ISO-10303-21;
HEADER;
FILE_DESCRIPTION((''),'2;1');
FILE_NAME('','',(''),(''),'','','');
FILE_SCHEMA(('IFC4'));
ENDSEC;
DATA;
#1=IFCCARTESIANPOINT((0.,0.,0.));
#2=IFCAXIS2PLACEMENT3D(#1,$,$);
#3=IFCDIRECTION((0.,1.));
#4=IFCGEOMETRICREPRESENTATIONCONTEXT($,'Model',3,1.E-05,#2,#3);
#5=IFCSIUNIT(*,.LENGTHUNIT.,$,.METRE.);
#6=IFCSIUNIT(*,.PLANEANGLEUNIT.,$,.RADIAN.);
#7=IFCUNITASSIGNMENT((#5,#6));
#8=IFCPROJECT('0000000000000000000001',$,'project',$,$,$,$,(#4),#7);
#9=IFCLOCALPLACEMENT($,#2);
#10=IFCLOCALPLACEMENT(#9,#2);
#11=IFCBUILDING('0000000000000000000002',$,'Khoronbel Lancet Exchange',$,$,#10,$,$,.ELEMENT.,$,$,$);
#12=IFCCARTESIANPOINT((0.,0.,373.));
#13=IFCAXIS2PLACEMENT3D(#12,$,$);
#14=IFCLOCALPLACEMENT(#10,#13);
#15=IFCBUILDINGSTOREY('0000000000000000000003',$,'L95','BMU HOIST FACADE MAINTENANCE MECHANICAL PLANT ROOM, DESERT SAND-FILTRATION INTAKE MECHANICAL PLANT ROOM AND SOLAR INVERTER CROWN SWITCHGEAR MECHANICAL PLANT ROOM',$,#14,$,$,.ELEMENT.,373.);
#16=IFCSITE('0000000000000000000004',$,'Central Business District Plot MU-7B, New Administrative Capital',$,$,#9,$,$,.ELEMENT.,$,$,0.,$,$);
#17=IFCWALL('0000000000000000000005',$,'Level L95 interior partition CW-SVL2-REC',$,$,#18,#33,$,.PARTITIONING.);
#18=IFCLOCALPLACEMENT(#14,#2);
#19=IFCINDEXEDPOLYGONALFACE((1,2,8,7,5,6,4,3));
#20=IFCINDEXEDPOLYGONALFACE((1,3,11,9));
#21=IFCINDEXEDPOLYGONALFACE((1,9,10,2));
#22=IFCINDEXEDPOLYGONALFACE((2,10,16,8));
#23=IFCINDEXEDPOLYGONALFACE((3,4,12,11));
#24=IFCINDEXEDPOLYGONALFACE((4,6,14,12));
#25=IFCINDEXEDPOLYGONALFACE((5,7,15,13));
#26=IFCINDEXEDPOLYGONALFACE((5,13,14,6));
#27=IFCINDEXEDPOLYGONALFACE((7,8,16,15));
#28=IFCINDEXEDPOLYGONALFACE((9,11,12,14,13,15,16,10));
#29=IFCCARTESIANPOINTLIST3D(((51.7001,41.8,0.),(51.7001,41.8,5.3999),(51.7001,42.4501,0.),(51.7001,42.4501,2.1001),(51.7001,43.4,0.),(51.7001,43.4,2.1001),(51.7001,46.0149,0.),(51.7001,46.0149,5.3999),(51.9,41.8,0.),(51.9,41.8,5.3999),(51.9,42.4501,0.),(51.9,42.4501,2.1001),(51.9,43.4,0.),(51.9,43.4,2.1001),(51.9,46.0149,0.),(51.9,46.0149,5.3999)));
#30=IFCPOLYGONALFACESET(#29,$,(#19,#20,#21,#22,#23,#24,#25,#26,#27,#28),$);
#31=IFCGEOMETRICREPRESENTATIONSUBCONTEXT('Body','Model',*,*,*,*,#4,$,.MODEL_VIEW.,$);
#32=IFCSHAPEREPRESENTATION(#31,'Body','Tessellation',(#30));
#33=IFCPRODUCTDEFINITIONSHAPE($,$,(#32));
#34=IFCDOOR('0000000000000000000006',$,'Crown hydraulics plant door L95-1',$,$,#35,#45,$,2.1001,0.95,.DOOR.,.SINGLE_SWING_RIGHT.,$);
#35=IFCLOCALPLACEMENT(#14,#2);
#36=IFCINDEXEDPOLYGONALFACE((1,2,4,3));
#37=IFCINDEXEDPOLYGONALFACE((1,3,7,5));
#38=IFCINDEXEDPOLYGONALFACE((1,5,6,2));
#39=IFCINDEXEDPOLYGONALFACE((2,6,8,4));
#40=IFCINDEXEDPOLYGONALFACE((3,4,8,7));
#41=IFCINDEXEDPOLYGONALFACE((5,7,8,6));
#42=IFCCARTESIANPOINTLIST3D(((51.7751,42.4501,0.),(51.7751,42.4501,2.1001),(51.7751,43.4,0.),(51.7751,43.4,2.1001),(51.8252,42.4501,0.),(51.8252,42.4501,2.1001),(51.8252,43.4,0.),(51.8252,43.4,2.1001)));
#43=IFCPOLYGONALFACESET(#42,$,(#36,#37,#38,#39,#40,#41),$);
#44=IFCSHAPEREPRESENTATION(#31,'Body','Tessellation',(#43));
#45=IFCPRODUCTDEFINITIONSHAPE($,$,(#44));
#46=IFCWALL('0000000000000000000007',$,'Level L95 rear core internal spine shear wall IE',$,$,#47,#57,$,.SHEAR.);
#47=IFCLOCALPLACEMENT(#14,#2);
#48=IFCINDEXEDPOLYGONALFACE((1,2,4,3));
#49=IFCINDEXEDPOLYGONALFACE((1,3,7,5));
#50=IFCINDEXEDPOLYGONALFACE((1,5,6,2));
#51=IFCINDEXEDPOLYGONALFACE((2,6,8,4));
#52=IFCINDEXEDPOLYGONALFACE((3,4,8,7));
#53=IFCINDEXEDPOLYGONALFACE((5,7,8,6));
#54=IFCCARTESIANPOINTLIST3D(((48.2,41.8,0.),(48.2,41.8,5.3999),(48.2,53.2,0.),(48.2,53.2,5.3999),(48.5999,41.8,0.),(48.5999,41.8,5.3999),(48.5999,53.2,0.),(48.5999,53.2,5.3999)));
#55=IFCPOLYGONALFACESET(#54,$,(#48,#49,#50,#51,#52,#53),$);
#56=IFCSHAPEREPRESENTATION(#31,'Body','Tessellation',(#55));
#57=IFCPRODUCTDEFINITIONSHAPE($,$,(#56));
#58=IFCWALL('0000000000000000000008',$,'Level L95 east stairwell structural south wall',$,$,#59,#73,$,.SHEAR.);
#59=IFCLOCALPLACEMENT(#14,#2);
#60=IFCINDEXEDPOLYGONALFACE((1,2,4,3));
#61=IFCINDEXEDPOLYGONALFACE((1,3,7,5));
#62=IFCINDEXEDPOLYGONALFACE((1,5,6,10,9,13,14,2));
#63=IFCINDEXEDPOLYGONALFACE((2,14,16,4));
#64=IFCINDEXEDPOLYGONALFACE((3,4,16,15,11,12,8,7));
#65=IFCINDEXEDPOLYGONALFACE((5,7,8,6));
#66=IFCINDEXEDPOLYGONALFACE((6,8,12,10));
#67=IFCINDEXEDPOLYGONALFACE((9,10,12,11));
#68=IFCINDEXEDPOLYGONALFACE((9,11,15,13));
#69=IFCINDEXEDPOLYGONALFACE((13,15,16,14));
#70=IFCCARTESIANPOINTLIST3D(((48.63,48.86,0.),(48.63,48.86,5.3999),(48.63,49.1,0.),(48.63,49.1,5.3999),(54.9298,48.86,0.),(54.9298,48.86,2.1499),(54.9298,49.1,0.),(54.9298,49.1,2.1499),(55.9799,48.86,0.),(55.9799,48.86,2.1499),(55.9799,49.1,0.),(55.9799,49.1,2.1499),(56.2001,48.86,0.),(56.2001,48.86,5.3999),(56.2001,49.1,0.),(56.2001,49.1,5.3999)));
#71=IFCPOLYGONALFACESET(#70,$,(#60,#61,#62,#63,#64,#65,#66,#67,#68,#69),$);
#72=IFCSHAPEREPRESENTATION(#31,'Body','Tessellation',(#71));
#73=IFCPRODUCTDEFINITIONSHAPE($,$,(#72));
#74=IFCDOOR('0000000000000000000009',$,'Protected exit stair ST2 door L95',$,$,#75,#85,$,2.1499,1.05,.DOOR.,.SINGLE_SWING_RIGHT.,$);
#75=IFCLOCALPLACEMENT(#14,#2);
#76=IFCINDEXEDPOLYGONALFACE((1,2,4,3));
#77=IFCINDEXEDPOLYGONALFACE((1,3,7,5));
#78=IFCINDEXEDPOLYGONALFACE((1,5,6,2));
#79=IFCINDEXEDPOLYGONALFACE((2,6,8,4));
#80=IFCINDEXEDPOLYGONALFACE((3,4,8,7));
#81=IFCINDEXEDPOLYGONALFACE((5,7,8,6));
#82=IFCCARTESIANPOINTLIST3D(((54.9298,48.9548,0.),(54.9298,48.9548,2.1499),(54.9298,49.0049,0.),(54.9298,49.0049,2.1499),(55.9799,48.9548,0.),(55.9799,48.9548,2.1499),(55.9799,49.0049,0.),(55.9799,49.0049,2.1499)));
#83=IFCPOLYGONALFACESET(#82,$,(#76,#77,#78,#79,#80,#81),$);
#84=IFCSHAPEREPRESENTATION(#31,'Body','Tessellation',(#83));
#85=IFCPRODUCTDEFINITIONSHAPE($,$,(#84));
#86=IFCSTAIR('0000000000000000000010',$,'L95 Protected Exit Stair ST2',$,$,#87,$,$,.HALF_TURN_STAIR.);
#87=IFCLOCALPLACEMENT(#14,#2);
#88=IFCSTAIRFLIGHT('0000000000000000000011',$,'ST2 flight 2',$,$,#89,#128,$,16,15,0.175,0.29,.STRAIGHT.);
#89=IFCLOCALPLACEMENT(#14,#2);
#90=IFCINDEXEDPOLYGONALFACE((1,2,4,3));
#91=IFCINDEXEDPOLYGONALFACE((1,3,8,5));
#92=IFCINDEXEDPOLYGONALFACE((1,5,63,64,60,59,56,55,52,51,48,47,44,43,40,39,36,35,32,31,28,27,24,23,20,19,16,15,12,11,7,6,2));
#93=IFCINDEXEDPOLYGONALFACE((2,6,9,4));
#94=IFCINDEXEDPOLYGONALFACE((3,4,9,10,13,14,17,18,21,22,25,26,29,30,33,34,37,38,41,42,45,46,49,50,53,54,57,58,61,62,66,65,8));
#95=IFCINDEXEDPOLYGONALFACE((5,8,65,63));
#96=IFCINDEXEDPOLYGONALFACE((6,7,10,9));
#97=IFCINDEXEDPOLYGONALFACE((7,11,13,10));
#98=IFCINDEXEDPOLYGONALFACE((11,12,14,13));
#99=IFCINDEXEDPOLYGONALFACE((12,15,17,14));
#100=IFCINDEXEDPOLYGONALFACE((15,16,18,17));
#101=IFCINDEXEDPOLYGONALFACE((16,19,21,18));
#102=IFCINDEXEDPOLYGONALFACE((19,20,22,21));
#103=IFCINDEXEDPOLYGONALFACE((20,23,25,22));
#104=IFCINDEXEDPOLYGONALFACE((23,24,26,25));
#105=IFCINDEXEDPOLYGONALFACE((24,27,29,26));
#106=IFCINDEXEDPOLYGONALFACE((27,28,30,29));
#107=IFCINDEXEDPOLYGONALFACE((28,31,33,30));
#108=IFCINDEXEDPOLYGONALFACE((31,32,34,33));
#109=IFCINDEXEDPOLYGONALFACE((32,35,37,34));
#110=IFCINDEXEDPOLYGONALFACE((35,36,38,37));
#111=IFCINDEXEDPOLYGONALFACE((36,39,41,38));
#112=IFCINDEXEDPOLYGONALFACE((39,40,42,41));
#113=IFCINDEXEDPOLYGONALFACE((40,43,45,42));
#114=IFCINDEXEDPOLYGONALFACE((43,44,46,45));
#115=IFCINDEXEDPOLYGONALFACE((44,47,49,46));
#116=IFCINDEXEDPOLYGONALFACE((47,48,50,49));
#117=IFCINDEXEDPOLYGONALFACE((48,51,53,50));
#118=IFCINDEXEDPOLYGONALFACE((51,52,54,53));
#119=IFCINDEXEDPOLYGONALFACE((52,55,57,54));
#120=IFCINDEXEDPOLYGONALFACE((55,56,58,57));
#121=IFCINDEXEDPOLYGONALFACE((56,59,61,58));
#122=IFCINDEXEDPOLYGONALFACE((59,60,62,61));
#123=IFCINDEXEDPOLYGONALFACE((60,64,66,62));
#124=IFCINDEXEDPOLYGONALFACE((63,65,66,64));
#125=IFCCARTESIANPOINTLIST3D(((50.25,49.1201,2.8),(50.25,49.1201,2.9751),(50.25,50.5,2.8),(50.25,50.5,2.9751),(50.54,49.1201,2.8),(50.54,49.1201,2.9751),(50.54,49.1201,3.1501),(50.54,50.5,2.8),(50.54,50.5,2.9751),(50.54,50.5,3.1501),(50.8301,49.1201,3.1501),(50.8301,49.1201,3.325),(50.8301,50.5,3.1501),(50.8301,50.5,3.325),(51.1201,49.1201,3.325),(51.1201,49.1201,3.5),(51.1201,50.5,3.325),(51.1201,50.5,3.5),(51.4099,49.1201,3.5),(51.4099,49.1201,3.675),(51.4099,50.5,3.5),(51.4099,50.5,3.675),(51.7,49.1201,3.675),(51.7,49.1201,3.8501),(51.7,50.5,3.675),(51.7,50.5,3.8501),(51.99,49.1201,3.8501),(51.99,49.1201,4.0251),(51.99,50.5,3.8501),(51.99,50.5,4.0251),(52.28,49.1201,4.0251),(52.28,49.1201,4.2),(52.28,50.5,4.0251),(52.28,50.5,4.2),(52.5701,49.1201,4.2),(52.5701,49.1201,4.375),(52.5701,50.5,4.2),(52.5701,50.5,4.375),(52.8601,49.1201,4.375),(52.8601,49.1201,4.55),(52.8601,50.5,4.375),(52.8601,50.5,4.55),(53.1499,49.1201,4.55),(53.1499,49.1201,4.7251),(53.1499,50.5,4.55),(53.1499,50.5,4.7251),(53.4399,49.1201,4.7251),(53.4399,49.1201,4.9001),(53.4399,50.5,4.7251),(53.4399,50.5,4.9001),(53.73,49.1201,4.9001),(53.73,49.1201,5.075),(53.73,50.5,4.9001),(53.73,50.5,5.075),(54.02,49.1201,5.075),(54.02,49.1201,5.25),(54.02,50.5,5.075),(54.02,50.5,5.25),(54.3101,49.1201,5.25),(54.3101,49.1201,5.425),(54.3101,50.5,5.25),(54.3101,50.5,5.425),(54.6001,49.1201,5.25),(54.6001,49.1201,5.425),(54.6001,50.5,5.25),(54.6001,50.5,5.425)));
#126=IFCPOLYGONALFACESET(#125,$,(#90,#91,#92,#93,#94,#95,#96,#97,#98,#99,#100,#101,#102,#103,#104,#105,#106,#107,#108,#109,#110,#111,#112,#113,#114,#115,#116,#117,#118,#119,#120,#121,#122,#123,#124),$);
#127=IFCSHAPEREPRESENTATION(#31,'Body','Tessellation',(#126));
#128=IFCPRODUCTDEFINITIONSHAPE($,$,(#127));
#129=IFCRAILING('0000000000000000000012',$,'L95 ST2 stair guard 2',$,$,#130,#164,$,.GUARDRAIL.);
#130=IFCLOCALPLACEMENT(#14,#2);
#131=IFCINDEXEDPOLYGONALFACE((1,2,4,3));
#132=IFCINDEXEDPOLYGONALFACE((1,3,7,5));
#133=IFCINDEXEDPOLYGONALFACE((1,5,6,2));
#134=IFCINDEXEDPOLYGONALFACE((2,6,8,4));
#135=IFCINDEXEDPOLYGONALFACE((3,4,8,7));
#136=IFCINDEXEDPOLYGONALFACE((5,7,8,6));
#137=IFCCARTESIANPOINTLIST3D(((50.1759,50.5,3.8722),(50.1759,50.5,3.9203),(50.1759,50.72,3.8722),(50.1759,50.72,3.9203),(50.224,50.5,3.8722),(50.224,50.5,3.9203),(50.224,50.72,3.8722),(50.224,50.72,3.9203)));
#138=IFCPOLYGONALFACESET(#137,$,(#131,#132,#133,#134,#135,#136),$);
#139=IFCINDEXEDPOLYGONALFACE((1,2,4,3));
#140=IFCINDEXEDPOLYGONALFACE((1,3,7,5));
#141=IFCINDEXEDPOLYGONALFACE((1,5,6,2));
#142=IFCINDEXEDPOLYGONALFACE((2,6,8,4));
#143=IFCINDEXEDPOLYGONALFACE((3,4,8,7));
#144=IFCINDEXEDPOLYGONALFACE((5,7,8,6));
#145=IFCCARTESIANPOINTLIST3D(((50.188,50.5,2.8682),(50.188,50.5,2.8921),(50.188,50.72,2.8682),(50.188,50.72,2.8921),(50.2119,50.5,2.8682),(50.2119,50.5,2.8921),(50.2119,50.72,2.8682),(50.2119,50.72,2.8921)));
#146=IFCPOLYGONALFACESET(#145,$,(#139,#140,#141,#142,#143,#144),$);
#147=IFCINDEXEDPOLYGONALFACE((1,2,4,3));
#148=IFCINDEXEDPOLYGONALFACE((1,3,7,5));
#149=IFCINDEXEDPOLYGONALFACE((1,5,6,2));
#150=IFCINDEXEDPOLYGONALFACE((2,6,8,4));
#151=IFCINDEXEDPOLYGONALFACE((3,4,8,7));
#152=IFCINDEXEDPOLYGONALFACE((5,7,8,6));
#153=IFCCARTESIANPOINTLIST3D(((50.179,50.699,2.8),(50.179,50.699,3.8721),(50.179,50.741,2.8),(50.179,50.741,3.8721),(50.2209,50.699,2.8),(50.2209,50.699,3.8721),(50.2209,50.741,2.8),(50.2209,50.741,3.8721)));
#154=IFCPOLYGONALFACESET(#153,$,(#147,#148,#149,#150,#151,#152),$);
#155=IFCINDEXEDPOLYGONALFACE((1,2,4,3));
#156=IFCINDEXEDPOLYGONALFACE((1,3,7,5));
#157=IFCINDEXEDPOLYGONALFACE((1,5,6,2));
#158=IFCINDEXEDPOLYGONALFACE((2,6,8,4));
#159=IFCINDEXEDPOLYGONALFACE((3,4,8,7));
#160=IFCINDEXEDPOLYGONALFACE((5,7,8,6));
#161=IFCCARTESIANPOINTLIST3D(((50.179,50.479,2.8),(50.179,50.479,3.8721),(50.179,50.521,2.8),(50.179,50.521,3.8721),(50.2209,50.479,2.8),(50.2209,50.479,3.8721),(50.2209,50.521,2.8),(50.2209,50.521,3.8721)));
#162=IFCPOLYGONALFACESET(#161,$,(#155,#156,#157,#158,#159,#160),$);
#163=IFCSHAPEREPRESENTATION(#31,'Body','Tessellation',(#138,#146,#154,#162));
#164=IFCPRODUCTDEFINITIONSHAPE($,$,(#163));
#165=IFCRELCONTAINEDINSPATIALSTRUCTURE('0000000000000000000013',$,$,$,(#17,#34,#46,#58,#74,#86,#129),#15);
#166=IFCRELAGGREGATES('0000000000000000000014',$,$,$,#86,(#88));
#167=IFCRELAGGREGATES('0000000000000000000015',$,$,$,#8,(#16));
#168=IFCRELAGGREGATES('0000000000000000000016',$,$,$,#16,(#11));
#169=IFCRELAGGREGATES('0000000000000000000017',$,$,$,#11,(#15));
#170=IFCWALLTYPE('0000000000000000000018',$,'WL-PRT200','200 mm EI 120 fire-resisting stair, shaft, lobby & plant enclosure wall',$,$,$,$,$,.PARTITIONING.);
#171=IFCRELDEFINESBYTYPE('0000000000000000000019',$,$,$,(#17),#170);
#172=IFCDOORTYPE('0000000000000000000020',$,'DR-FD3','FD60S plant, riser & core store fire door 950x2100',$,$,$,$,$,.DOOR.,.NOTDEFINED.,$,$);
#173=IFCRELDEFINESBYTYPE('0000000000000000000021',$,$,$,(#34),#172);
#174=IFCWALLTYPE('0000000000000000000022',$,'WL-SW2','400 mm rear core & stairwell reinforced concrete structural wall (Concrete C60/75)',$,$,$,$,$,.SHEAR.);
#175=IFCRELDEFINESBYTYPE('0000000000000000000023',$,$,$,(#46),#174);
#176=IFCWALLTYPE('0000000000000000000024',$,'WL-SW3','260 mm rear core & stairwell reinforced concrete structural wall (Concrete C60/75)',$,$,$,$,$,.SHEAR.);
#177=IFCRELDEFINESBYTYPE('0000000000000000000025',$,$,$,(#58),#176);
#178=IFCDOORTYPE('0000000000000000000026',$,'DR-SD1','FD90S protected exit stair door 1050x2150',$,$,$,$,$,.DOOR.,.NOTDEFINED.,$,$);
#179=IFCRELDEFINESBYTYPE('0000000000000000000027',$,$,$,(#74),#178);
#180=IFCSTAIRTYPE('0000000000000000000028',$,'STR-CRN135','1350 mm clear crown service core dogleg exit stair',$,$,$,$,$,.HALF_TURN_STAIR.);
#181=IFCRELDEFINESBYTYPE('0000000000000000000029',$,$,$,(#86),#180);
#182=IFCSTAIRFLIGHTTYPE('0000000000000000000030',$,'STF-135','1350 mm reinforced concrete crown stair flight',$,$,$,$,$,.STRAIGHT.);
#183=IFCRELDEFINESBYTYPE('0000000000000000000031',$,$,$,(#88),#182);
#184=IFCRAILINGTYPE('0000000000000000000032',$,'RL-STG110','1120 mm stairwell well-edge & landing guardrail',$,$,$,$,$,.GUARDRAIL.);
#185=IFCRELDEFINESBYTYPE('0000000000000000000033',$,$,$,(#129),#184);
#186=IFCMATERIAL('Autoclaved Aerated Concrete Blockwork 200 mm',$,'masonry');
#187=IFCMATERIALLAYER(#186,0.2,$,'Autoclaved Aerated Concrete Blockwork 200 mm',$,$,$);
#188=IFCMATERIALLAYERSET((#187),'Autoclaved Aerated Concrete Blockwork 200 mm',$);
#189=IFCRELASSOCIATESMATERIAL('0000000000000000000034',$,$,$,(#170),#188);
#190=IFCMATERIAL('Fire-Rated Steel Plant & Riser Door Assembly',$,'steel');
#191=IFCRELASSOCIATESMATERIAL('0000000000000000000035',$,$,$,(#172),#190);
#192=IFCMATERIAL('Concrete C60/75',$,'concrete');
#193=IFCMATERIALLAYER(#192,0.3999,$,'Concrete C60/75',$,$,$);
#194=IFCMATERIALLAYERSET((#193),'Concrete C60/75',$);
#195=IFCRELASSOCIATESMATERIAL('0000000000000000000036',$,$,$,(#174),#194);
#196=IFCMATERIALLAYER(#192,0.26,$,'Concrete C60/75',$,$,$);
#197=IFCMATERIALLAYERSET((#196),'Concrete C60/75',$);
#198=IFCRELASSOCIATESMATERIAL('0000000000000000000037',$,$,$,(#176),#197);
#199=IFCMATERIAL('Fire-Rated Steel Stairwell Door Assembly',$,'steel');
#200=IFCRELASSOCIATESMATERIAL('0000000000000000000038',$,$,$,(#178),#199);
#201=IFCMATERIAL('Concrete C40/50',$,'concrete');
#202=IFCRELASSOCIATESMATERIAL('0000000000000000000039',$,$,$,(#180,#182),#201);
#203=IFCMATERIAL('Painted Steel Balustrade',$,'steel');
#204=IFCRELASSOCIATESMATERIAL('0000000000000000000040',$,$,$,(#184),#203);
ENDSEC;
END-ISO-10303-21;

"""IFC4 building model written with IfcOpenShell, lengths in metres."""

from ifc_helpers import new_model, si_unit, direction, frame, frame_2d, origin, origin_2d, place, context, subcontext, project, spatial, polyline, rectangle, outline, extrude, material, layer, layer_set, type_object, element, fill, aggregate, save


model = new_model("IFC4")

# Units and contexts
model_context = context("Model", 3, precision=1e-05, world=origin(), true_north=direction((0.0, 1.0)))
body_context = subcontext(model_context, "Body", "Model", "MODEL_VIEW")
ifc_project = project(units=[si_unit("LENGTHUNIT", "METRE"), si_unit("PLANEANGLEUNIT", "RADIAN")], contexts=[model_context])

# Site, building, storey
site_placement = place(None, origin())
site = spatial("IfcSite", under=ifc_project, at=site_placement, Name="Central Business District Plot MU-7B, New Administrative Capital", CompositionType="ELEMENT", RefElevation=0.0)
building_placement = place(site_placement, origin())
building = spatial("IfcBuilding", under=site, at=building_placement, Name="Khoronbel Lancet Exchange", CompositionType="ELEMENT")
storey_placement = place(building_placement, frame((0.0, 0.0, 373.0)))
storey = spatial("IfcBuildingStorey", under=building, at=storey_placement, Name="L95", Description="BMU HOIST FACADE MAINTENANCE MECHANICAL PLANT ROOM, DESERT SAND-FILTRATION INTAKE MECHANICAL PLANT ROOM AND SOLAR INVERTER CROWN SWITCHGEAR MECHANICAL PLANT ROOM", CompositionType="ELEMENT", Elevation=373.0)

# Shared definitions
ifc_material_1 = material(Name="Autoclaved Aerated Concrete Blockwork 200 mm", Category="masonry")
ifc_layer_1 = layer(ifc_material_1, 0.2, Name="Autoclaved Aerated Concrete Blockwork 200 mm")
ifc_layer_set_1 = layer_set([ifc_layer_1], Name="Autoclaved Aerated Concrete Blockwork 200 mm")
wall_type_1 = type_object("IfcWallType", Name="WL-PRT200", Description="200 mm EI 120 fire-resisting stair, shaft, lobby & plant enclosure wall", PredefinedType="PARTITIONING", material=ifc_layer_set_1)

# Wall, opening, door
wall_1_placement = place(storey_placement, frame((51.8, 41.8, 0.0), z_axis=(0.0, 0.0, 1.0), x_axis=(0.0, 1.0, 0.0)))
wall_1 = element("IfcWall", 1, at=wall_1_placement, inside=storey, type_object=wall_type_1, Name="Level L95 interior partition CW-SVL2-REC", PredefinedType="PARTITIONING", context=body_context, shape_type="SweptSolid", body=[
    extrude(rectangle(XDim=4.2148, YDim=0.2, at=frame_2d((2.1074, 0.0))), origin(), (0.0, 0.0, 1.0), 5.3999),
])
opening_1_placement = place(wall_1_placement, frame((0.6499, 0.0, 0.0)))
opening_1 = element("IfcOpeningElement", 2, at=opening_1_placement, cuts=wall_1, PredefinedType="OPENING", context=body_context, shape_type="SweptSolid", body=[
    extrude(rectangle(XDim=0.95, YDim=2.1001, at=frame_2d((0.4751, 1.05))), frame((0.0, 0.1099, 0.0), z_axis=(0.0, -1.0, 0.0), x_axis=(1.0, 0.0, 0.0)), (0.0, 0.0, 1.0), 0.22),
])
ifc_material_2 = material(Name="Fire-Rated Steel Plant & Riser Door Assembly", Category="steel")
door_type_1 = type_object("IfcDoorType", Name="DR-FD3", Description="FD60S plant, riser & core store fire door 950x2100", OperationType="NOTDEFINED", PredefinedType="DOOR", material=ifc_material_2)
door_1_placement = place(opening_1_placement, origin())
door_1 = element("IfcDoor", 3, at=door_1_placement, inside=storey, type_object=door_type_1, Name="Crown hydraulics plant door L95-1", OperationType="SINGLE_SWING_RIGHT", OverallHeight=2.1001, OverallWidth=0.95, PredefinedType="DOOR", context=body_context, shape_type="SweptSolid", body=[
    extrude(rectangle(XDim=0.95, YDim=2.1001, at=frame_2d((0.4751, 1.05))), frame((0.0, 0.0249, 0.0), z_axis=(0.0, -1.0, 0.0), x_axis=(1.0, 0.0, 0.0)), (0.0, 0.0, 1.0), 0.05),
])
fill(opening_1, door_1)

# Wall
ifc_material_3 = material(Name="Concrete C60/75", Category="concrete")
ifc_layer_2 = layer(ifc_material_3, 0.3999, Name="Concrete C60/75")
ifc_layer_set_2 = layer_set([ifc_layer_2], Name="Concrete C60/75")
wall_type_2 = type_object("IfcWallType", Name="WL-SW2", Description="400 mm rear core & stairwell reinforced concrete structural wall (Concrete C60/75)", PredefinedType="SHEAR", material=ifc_layer_set_2)
wall_2_placement = place(storey_placement, frame((48.3999, 41.8, 0.0), z_axis=(0.0, 0.0, 1.0), x_axis=(0.0, 1.0, 0.0)))
element("IfcWall", 4, at=wall_2_placement, inside=storey, type_object=wall_type_2, Name="Level L95 rear core internal spine shear wall IE", PredefinedType="SHEAR", context=body_context, shape_type="SweptSolid", body=[
    extrude(rectangle(XDim=11.3999, YDim=0.3999, at=frame_2d((5.7, 0.0))), origin(), (0.0, 0.0, 1.0), 5.3999),
])

# Wall, opening, door
ifc_layer_3 = layer(ifc_material_3, 0.26, Name="Concrete C60/75")
ifc_layer_set_3 = layer_set([ifc_layer_3], Name="Concrete C60/75")
wall_type_3 = type_object("IfcWallType", Name="WL-SW3", Description="260 mm rear core & stairwell reinforced concrete structural wall (Concrete C60/75)", PredefinedType="SHEAR", material=ifc_layer_set_3)
wall_3_placement = place(storey_placement, frame((48.6299, 48.98, 0.0), z_axis=(0.0, 0.0, 1.0), x_axis=(1.0, 0.0, 0.0)))
wall_3 = element("IfcWall", 5, at=wall_3_placement, inside=storey, type_object=wall_type_3, Name="Level L95 east stairwell structural south wall", PredefinedType="SHEAR", context=body_context, shape_type="SweptSolid", body=[
    extrude(rectangle(XDim=7.5701, YDim=0.24, at=frame_2d((3.7852, 0.0))), origin(), (0.0, 0.0, 1.0), 5.3999),
])
opening_2_placement = place(wall_3_placement, frame((6.3, 0.0, 0.0)))
opening_2 = element("IfcOpeningElement", 6, at=opening_2_placement, cuts=wall_3, PredefinedType="OPENING", context=body_context, shape_type="SweptSolid", body=[
    extrude(rectangle(XDim=1.05, YDim=2.1499, at=frame_2d((0.5249, 1.075))), frame((0.0, 0.1299, 0.0), z_axis=(0.0, -1.0, 0.0), x_axis=(1.0, 0.0, 0.0)), (0.0, 0.0, 1.0), 0.26),
])
ifc_material_4 = material(Name="Fire-Rated Steel Stairwell Door Assembly", Category="steel")
door_type_2 = type_object("IfcDoorType", Name="DR-SD1", Description="FD90S protected exit stair door 1050x2150", OperationType="NOTDEFINED", PredefinedType="DOOR", material=ifc_material_4)
door_2_placement = place(opening_2_placement, origin())
door_2 = element("IfcDoor", 7, at=door_2_placement, inside=storey, type_object=door_type_2, Name="Protected exit stair ST2 door L95", OperationType="SINGLE_SWING_RIGHT", OverallHeight=2.1499, OverallWidth=1.05, PredefinedType="DOOR", context=body_context, shape_type="SweptSolid", body=[
    extrude(rectangle(XDim=1.05, YDim=2.1499, at=frame_2d((0.5249, 1.075))), frame((0.0, 0.0249, 0.0), z_axis=(0.0, -1.0, 0.0), x_axis=(1.0, 0.0, 0.0)), (0.0, 0.0, 1.0), 0.05),
])
fill(opening_2, door_2)

# Stair, stair flight
ifc_material_5 = material(Name="Concrete C40/50", Category="concrete")
stair_type = type_object("IfcStairType", Name="STR-CRN135", Description="1350 mm clear crown service core dogleg exit stair", PredefinedType="HALF_TURN_STAIR", material=ifc_material_5)
stair_placement = place(storey_placement, origin())
stair = element("IfcStair", 8, at=stair_placement, inside=storey, type_object=stair_type, Name="L95 Protected Exit Stair ST2", PredefinedType="HALF_TURN_STAIR")
stair_flight_type = type_object("IfcStairFlightType", Name="STF-135", Description="1350 mm reinforced concrete crown stair flight", PredefinedType="STRAIGHT", material=ifc_material_5)
stair_flight_placement = place(storey_placement, frame((50.25, 49.8101, 2.8), z_axis=(0.0, 0.0, 1.0), x_axis=(1.0, 0.0, 0.0)))
stair_flight = element("IfcStairFlight", 9, at=stair_flight_placement, type_object=stair_flight_type, Name="ST2 flight 2", NumberOfRisers=16, NumberOfTreads=15, PredefinedType="STRAIGHT", RiserHeight=0.175, TreadLength=0.29, context=body_context, shape_type="SweptSolid", body=[
    extrude(outline(polyline([(0.0, 0.0), (0.0, 0.175), (0.29, 0.175), (0.29, 0.3501), (0.5801, 0.3501), (0.5801, 0.5249), (0.8701, 0.5249), (0.8701, 0.7), (1.1599, 0.7), (1.1599, 0.875), (1.45, 0.875), (1.45, 1.05), (1.74, 1.05), (1.74, 1.2251), (2.03, 1.2251), (2.03, 1.3999), (2.3201, 1.3999), (2.3201, 1.575), (2.6101, 1.575), (2.6101, 1.75), (2.8999, 1.75), (2.8999, 1.925), (3.1899, 1.925), (3.1899, 2.1001), (3.48, 2.1001), (3.48, 2.2749), (3.77, 2.2749), (3.77, 2.45), (4.0601, 2.45), (4.0601, 2.625), (4.3501, 2.625), (4.3501, 2.8), (4.3501, 2.45), (0.29, 0.0), (0.0, 0.0)])), frame((0.0, 0.6899, 0.0), z_axis=(0.0, -1.0, 0.0), x_axis=(1.0, 0.0, 0.0)), (0.0, 0.0, 1.0), 1.3799),
])
aggregate(stair, [stair_flight])

# Railing
ifc_material_6 = material(Name="Painted Steel Balustrade", Category="steel")
railing_type_1 = type_object("IfcRailingType", Name="RL-STG110", Description="1120 mm stairwell well-edge & landing guardrail", PredefinedType="GUARDRAIL", material=ifc_material_6)
railing_1_placement = place(storey_placement, frame((50.2, 50.72, 2.8)))
element("IfcRailing", 10, at=railing_1_placement, inside=storey, type_object=railing_type_1, Name="L95 ST2 stair guard 2", PredefinedType="GUARDRAIL", context=body_context, shape_type="SweptSolid", body=[
    extrude(rectangle(XDim=0.0481, YDim=0.0481, at=origin_2d()), frame((0.0, 0.0, 1.0962), z_axis=(0.0, -1.0, 0.0), x_axis=(1.0, 0.0, 0.0)), (0.0, 0.0, 1.0), 0.22),
    extrude(rectangle(XDim=0.0239, YDim=0.0239, at=origin_2d()), frame((0.0, 0.0, 0.0801), z_axis=(0.0, -1.0, 0.0), x_axis=(1.0, 0.0, 0.0)), (0.0, 0.0, 1.0), 0.22),
    extrude(rectangle(XDim=0.042, YDim=0.042, at=origin_2d()), origin(), (0.0, 0.0, 1.0), 1.072),
    extrude(rectangle(XDim=0.042, YDim=0.042, at=origin_2d()), frame((0.0, -0.22, 0.0)), (0.0, 0.0, 1.0), 1.072),
])

save(model, "model.ifc")
